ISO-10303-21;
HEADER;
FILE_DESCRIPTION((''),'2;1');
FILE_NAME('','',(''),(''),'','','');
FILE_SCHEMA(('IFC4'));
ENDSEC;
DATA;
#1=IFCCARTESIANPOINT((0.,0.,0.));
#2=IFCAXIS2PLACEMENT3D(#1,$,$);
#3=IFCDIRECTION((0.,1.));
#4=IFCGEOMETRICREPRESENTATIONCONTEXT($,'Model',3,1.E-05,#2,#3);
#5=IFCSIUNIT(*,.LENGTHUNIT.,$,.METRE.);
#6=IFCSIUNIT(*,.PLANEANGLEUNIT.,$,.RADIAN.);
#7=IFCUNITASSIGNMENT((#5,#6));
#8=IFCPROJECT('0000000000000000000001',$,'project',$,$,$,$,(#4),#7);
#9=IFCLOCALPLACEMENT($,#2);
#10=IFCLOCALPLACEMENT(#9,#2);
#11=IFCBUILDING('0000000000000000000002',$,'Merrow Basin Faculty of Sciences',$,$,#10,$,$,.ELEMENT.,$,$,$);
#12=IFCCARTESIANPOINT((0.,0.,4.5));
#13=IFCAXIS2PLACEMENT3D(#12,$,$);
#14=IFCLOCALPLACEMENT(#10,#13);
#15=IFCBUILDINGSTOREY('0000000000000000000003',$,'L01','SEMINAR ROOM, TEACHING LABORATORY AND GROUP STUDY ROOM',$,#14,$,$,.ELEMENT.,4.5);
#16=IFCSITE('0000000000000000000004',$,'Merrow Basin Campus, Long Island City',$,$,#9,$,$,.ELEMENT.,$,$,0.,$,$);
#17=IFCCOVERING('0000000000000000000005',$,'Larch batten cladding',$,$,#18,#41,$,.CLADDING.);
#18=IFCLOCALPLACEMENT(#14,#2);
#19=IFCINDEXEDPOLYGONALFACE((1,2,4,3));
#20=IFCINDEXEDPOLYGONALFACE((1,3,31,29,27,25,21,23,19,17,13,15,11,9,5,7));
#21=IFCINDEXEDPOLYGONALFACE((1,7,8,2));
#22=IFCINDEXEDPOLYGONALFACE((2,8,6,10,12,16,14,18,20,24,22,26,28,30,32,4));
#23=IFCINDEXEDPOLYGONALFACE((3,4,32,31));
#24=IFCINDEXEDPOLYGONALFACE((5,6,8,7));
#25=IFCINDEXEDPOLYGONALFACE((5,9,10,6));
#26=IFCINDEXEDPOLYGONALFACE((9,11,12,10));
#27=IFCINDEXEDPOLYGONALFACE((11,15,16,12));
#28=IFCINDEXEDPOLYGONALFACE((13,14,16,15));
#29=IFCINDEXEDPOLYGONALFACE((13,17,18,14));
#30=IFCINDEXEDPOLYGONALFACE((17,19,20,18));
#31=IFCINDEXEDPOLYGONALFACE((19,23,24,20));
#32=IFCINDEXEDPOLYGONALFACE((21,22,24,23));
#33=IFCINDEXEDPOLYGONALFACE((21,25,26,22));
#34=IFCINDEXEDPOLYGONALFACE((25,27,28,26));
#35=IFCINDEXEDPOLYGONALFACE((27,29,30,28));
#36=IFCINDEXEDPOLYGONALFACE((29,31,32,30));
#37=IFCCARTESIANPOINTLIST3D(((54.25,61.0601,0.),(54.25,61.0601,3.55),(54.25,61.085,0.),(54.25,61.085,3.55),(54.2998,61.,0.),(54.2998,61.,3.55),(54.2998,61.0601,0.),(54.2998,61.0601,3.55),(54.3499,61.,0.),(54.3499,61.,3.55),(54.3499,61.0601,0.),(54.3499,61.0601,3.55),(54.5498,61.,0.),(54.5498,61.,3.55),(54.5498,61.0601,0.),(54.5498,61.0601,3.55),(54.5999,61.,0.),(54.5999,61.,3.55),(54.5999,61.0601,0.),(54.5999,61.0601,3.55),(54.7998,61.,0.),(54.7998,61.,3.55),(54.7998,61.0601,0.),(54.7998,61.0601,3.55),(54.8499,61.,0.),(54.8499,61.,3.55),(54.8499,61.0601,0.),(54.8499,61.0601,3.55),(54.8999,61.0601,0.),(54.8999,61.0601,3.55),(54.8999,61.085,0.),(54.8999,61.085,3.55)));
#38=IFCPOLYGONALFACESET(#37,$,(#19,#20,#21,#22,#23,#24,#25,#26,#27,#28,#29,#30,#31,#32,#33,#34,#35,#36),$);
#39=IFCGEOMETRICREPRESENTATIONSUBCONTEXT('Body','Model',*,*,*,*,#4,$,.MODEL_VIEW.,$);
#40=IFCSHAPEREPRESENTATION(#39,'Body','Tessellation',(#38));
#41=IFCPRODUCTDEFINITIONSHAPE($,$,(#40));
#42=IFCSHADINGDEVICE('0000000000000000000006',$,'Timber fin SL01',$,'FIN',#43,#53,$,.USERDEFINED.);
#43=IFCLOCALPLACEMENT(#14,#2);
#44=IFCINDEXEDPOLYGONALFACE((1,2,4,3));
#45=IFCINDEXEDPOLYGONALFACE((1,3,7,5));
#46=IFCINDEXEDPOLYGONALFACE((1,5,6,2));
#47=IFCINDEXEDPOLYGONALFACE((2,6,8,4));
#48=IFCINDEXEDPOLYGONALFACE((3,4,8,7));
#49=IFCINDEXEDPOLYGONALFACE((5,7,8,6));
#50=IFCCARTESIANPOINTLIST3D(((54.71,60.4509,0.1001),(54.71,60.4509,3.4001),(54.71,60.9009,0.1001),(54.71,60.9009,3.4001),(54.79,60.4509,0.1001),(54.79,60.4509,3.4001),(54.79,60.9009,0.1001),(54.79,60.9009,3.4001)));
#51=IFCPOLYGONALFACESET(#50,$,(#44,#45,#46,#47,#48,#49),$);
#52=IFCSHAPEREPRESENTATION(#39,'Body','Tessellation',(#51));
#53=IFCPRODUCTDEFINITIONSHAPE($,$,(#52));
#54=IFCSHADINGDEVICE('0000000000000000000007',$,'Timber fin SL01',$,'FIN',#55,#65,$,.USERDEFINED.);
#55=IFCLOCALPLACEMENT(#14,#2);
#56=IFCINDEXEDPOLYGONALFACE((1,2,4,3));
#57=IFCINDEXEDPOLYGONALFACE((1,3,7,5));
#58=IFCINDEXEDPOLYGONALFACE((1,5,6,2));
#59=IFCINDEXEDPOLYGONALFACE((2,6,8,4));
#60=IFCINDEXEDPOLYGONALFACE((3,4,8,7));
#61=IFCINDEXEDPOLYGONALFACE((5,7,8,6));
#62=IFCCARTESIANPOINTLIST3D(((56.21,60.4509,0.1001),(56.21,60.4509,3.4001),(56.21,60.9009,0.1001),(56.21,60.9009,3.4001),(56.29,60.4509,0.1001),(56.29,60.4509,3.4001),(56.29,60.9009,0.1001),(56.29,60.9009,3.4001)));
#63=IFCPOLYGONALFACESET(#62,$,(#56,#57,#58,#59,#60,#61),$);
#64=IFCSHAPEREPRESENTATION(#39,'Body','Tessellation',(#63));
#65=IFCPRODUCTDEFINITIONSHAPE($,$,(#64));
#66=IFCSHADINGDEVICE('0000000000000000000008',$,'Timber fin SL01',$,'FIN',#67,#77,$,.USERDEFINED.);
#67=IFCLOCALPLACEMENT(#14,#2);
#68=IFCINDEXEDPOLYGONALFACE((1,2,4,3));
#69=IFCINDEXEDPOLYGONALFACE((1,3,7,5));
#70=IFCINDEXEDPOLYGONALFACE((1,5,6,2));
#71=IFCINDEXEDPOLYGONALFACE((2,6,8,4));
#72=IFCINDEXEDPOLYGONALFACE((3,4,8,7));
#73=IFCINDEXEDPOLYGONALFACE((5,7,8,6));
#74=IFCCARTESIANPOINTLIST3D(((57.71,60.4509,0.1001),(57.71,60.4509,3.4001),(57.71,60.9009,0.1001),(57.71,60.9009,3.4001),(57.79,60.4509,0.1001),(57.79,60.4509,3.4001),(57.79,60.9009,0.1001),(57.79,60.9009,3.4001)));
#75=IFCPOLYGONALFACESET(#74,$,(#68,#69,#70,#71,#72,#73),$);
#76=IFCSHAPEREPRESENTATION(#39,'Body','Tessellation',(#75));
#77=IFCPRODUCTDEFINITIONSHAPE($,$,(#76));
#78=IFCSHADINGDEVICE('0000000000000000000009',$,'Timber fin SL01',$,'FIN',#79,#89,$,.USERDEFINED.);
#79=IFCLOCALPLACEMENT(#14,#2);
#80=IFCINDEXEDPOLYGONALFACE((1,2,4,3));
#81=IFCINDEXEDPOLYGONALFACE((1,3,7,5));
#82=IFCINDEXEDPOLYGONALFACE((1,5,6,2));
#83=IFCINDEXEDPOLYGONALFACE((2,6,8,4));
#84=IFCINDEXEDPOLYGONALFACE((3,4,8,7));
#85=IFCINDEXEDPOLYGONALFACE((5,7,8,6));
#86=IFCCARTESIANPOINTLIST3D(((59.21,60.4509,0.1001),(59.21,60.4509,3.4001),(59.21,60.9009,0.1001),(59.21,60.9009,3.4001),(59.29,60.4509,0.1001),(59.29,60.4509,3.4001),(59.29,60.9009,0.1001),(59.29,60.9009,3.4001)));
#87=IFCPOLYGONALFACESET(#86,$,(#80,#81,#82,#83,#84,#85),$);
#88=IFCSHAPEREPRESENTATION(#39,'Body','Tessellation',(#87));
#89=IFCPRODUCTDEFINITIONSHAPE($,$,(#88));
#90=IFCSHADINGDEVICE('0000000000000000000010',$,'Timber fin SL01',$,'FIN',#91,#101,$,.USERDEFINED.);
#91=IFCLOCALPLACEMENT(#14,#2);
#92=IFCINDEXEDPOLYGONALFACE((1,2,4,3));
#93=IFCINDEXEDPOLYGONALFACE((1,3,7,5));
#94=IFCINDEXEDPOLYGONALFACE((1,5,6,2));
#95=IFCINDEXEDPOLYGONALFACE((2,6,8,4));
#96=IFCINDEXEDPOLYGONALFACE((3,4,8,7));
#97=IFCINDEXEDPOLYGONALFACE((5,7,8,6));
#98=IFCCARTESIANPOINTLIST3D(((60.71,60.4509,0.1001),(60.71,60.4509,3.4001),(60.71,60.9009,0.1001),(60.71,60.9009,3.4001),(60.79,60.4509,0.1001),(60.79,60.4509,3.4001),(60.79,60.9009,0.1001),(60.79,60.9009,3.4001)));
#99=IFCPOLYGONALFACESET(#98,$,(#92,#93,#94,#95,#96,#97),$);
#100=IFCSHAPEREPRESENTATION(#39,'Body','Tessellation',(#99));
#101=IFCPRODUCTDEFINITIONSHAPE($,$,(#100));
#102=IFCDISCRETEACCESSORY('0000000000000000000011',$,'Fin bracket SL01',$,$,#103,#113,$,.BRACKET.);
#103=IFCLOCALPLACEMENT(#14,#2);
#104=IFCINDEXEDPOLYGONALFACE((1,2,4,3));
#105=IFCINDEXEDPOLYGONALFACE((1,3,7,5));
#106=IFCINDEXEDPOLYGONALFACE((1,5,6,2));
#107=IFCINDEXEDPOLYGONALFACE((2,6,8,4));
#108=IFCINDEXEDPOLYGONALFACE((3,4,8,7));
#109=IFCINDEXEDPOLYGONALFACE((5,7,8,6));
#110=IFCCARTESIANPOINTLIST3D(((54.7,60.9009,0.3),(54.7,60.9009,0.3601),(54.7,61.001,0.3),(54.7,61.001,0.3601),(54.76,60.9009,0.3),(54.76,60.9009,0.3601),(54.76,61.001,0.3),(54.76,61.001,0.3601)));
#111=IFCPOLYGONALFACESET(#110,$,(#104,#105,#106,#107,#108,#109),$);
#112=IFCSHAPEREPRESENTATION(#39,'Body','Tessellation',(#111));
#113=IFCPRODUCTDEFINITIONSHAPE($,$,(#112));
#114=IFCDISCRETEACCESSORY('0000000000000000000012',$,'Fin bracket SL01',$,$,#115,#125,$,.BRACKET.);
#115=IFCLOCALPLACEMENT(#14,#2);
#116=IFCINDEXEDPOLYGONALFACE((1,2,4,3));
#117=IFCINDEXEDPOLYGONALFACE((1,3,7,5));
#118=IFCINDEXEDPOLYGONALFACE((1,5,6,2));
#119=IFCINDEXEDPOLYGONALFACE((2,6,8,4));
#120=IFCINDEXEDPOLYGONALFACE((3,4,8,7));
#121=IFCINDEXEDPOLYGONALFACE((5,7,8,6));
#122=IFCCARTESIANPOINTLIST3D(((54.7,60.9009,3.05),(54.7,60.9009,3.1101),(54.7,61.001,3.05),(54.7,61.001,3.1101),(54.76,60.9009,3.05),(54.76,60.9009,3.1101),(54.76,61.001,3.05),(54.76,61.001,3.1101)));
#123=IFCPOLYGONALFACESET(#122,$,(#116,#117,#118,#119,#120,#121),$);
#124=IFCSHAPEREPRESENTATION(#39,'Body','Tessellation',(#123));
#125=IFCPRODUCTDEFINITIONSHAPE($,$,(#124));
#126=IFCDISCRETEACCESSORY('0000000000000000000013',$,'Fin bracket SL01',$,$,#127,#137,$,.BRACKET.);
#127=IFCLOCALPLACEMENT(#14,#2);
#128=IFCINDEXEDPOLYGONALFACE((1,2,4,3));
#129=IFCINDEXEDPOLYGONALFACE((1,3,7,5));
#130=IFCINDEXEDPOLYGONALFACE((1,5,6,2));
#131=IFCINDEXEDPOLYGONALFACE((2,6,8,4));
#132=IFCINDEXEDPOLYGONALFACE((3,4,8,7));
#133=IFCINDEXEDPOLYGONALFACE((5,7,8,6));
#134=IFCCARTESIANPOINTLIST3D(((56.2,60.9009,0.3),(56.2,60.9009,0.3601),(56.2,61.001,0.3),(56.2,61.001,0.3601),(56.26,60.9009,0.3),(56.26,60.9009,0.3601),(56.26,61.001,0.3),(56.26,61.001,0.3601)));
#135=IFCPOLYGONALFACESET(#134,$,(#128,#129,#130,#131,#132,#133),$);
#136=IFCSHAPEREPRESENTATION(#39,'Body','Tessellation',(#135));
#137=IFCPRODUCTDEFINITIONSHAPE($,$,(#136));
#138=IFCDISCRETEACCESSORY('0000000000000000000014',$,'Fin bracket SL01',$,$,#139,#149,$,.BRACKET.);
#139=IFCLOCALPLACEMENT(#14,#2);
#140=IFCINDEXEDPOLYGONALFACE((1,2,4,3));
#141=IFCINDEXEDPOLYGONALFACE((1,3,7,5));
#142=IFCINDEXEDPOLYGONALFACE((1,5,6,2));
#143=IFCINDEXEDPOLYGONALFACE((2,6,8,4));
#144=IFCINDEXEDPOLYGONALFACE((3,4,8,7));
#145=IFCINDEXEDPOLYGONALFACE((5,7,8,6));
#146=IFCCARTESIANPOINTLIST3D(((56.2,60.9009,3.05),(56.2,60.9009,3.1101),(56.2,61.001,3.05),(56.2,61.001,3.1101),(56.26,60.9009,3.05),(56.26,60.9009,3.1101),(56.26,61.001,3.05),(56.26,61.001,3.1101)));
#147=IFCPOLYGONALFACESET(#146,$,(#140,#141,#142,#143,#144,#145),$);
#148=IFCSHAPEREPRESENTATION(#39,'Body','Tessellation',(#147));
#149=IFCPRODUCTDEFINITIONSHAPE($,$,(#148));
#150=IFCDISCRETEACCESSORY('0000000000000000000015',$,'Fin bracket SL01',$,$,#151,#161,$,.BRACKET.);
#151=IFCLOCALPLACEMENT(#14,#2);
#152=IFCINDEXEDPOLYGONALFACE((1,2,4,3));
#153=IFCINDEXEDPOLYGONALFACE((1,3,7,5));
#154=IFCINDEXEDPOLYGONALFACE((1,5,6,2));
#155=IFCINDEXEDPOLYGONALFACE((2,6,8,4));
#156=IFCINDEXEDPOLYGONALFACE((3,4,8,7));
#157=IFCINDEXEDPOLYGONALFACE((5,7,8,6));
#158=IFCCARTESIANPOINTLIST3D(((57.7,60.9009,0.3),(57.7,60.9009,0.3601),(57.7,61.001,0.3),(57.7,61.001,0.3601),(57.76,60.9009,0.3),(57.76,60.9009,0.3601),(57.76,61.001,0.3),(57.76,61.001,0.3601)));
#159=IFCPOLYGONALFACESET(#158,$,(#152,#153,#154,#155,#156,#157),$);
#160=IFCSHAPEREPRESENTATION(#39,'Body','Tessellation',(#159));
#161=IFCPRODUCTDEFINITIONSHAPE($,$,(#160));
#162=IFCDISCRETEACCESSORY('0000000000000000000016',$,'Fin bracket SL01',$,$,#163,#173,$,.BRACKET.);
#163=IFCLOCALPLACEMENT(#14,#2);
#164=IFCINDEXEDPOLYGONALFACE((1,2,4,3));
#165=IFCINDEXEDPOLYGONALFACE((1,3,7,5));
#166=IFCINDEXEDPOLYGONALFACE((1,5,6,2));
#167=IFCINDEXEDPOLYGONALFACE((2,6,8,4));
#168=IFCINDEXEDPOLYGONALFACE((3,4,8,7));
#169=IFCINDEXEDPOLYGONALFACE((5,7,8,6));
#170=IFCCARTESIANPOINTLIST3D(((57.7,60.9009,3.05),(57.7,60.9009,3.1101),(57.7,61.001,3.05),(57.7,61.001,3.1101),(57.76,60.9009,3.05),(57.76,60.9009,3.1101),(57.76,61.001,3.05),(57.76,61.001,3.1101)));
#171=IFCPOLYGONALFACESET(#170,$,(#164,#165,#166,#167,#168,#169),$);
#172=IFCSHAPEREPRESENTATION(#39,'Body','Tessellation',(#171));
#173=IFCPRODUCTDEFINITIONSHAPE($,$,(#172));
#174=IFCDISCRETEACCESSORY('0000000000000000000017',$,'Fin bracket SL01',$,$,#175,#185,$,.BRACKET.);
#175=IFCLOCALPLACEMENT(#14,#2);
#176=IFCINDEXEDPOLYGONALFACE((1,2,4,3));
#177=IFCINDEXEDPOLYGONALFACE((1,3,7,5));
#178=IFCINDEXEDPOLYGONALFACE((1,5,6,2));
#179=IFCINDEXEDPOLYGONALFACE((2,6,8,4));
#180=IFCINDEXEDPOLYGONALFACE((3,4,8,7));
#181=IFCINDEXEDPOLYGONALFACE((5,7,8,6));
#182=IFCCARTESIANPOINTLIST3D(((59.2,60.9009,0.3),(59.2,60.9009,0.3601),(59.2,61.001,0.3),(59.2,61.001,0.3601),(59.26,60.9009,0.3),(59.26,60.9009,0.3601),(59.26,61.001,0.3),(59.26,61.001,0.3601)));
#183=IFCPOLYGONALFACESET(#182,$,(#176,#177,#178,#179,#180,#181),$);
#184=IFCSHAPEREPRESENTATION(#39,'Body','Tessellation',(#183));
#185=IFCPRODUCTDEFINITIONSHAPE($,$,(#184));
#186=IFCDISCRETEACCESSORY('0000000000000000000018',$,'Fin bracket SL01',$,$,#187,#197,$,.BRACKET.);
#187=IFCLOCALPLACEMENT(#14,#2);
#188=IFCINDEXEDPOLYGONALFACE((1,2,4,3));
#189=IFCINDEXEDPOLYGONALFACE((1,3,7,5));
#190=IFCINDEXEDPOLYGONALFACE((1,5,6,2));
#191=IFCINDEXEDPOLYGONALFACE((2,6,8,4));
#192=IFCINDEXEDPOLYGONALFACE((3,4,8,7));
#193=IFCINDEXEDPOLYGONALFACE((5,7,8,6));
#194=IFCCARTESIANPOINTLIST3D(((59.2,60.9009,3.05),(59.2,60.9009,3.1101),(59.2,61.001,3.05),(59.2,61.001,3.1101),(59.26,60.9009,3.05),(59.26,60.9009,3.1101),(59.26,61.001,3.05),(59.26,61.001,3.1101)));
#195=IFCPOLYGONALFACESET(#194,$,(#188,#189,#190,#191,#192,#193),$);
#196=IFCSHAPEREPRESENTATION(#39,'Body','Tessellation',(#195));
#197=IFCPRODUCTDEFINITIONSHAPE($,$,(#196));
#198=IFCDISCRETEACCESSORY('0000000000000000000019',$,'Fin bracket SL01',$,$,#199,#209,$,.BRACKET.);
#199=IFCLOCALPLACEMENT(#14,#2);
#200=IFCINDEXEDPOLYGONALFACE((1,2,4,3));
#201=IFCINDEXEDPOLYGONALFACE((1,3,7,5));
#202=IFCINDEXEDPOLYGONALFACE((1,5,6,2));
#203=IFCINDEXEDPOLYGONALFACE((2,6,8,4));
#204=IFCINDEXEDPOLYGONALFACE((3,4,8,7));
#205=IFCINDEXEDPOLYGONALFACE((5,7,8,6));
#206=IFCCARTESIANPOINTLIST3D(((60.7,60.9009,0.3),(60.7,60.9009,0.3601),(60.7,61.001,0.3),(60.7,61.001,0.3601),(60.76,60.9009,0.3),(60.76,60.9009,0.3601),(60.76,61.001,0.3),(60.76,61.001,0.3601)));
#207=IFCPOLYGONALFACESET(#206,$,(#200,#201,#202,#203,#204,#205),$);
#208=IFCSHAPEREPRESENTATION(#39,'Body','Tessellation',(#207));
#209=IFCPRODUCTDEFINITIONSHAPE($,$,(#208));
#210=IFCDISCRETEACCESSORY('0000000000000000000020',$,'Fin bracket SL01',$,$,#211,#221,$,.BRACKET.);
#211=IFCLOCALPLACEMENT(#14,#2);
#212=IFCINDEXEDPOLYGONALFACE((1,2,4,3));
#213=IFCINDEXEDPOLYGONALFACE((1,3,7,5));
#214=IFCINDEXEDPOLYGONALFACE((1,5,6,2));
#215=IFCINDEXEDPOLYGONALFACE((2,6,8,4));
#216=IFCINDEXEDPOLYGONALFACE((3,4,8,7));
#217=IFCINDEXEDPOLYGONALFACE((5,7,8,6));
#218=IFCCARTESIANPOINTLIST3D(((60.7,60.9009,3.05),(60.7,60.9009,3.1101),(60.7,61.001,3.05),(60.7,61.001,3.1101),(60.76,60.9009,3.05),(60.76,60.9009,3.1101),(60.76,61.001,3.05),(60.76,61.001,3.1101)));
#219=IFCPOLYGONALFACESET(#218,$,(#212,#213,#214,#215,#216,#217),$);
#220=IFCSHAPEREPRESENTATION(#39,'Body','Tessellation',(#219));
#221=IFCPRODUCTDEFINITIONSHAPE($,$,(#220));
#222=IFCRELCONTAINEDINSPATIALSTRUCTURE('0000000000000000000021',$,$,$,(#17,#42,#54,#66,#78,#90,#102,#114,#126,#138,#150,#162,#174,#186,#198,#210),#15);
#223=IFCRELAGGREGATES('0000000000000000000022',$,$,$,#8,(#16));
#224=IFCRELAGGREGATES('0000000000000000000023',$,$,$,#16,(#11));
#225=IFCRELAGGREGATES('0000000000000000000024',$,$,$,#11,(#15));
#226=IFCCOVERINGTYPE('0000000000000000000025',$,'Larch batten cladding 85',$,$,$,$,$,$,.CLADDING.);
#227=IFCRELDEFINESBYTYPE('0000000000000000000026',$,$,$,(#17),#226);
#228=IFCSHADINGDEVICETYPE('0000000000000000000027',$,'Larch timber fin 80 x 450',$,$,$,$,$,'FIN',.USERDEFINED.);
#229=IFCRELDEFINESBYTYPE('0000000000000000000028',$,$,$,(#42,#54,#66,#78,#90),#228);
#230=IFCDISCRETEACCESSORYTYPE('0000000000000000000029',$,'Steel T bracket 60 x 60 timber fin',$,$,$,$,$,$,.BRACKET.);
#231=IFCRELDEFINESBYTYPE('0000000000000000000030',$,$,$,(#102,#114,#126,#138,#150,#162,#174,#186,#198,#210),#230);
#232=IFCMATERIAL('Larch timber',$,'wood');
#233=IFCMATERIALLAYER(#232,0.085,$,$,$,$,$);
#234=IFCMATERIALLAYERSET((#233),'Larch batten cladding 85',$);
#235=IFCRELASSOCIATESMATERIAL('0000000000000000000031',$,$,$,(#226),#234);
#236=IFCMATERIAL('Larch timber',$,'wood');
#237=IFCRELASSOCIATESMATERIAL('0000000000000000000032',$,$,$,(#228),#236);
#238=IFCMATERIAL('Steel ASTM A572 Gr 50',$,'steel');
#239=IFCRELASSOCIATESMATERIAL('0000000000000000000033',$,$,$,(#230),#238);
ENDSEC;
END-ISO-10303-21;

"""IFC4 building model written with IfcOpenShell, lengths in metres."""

from ifc_helpers import new_model, si_unit, direction, frame, origin, place, context, subcontext, project, spatial, polyline, outline, extrude, source, transform, mapped, material, layer, layer_set, type_object, element, save


model = new_model("IFC4")

# Units and contexts
model_context = context("Model", 3, precision=1e-05, world=origin(), true_north=direction((0.0, 1.0)))
body_context = subcontext(model_context, "Body", "Model", "MODEL_VIEW")
ifc_project = project(units=[si_unit("LENGTHUNIT", "METRE"), si_unit("PLANEANGLEUNIT", "RADIAN")], contexts=[model_context])

# Site, building, storey
site_placement = place(None, origin())
site = spatial("IfcSite", under=ifc_project, at=site_placement, Name="Merrow Basin Campus, Long Island City", CompositionType="ELEMENT", RefElevation=0.0)
building_placement = place(site_placement, origin())
building = spatial("IfcBuilding", under=site, at=building_placement, Name="Merrow Basin Faculty of Sciences", CompositionType="ELEMENT")
storey_placement = place(building_placement, frame((0.0, 0.0, 4.5)))
storey = spatial("IfcBuildingStorey", under=building, at=storey_placement, Name="L01", Description="SEMINAR ROOM, TEACHING LABORATORY AND GROUP STUDY ROOM", CompositionType="ELEMENT", Elevation=4.5)

# Covering
ifc_material_1 = material(Name="Larch timber", Category="wood")
ifc_layer_1 = layer(ifc_material_1, 0.085)
ifc_layer_set_1 = layer_set([ifc_layer_1], Name="Larch batten cladding 85")
covering_type = type_object("IfcCoveringType", Name="Larch batten cladding 85", PredefinedType="CLADDING", material=ifc_layer_set_1)
shared_shape_1 = source(origin(), body_context, "Body", "SweptSolid", [
    extrude(outline(polyline([(0.0, 0.0), (0.6499, 0.0), (0.6499, 0.0249), (0.6001, 0.0249), (0.6001, 0.085), (0.55, 0.085), (0.55, 0.0249), (0.3501, 0.0249), (0.3501, 0.085), (0.3, 0.085), (0.3, 0.0249), (0.1001, 0.0249), (0.1001, 0.085), (0.05, 0.085), (0.05, 0.0249), (0.0, 0.0249), (0.0, 0.0)])), origin(), (0.0, 0.0, 1.0), 3.55),
])
covering_1_placement = place(storey_placement, frame((54.8999, 61.085, 0.0), z_axis=(0.0, 0.0, 1.0), x_axis=(-1.0, 0.0, 0.0)))
element("IfcCovering", 1, at=covering_1_placement, inside=storey, type_object=covering_type, Name="Larch batten cladding", PredefinedType="CLADDING", context=body_context, shape_type="MappedRepresentation", body=[
    mapped(shared_shape_1, transform((0.0, 0.0, 0.0), scale=1.0)),
])

# Shading devices
ifc_material_2 = material(Name="Larch timber", Category="wood")
shading_device_type = type_object("IfcShadingDeviceType", Name="Larch timber fin 80 x 450", ElementType="FIN", PredefinedType="USERDEFINED", material=ifc_material_2)
shared_shape_2 = source(origin(), body_context, "Body", "SweptSolid", [
    extrude(outline(polyline([(0.0, 0.0), (0.0801, 0.0), (0.0801, 3.3), (0.0, 3.3), (0.0, 0.0)])), origin(), (0.0, 0.0, 1.0), 0.45),
])
for number, where, z_axis, x_axis, name in (
    (2, (54.71, 60.9009, 0.1001), (0.0, -1.0, 0.0), (1.0, 0.0, 0.0), "Timber fin SL01"),
    (3, (56.21, 60.9009, 0.1001), (0.0, -1.0, 0.0), (1.0, 0.0, 0.0), "Timber fin SL01"),
    (4, (57.71, 60.9009, 0.1001), (0.0, -1.0, 0.0), (1.0, 0.0, 0.0), "Timber fin SL01"),
    (5, (59.21, 60.9009, 0.1001), (0.0, -1.0, 0.0), (1.0, 0.0, 0.0), "Timber fin SL01"),
    (6, (60.71, 60.9009, 0.1001), (0.0, -1.0, 0.0), (1.0, 0.0, 0.0), "Timber fin SL01"),
):
    element("IfcShadingDevice", number, at=place(storey_placement, frame(where, z_axis=z_axis, x_axis=x_axis)), inside=storey, type_object=shading_device_type, Name=name, ObjectType="FIN", PredefinedType="USERDEFINED", context=body_context, shape_type="MappedRepresentation", body=[
        mapped(shared_shape_2, transform((0.0, 0.0, 0.0), scale=1.0)),
    ])

# Discrete accessories
ifc_material_3 = material(Name="Steel ASTM A572 Gr 50", Category="steel")
discrete_accessory_type = type_object("IfcDiscreteAccessoryType", Name="Steel T bracket 60 x 60 timber fin", PredefinedType="BRACKET", material=ifc_material_3)
shared_shape_3 = source(origin(), body_context, "Body", "SweptSolid", [
    extrude(outline(polyline([(0.0, 0.0), (0.0601, 0.0), (0.0601, 0.0601), (0.0, 0.0601), (0.0, 0.0)])), origin(), (0.0, 0.0, 1.0), 0.1001),
])
for number, where, z_axis, x_axis, name in (
    (7, (54.7, 61.001, 0.3), (0.0, -1.0, 0.0), (1.0, 0.0, 0.0), "Fin bracket SL01"),
    (8, (54.7, 61.001, 3.05), (0.0, -1.0, 0.0), (1.0, 0.0, 0.0), "Fin bracket SL01"),
    (9, (56.2, 61.001, 0.3), (0.0, -1.0, 0.0), (1.0, 0.0, 0.0), "Fin bracket SL01"),
    (10, (56.2, 61.001, 3.05), (0.0, -1.0, 0.0), (1.0, 0.0, 0.0), "Fin bracket SL01"),
    (11, (57.7, 61.001, 0.3), (0.0, -1.0, 0.0), (1.0, 0.0, 0.0), "Fin bracket SL01"),
    (12, (57.7, 61.001, 3.05), (0.0, -1.0, 0.0), (1.0, 0.0, 0.0), "Fin bracket SL01"),
    (13, (59.2, 61.001, 0.3), (0.0, -1.0, 0.0), (1.0, 0.0, 0.0), "Fin bracket SL01"),
    (14, (59.2, 61.001, 3.05), (0.0, -1.0, 0.0), (1.0, 0.0, 0.0), "Fin bracket SL01"),
    (15, (60.7, 61.001, 0.3), (0.0, -1.0, 0.0), (1.0, 0.0, 0.0), "Fin bracket SL01"),
    (16, (60.7, 61.001, 3.05), (0.0, -1.0, 0.0), (1.0, 0.0, 0.0), "Fin bracket SL01"),
):
    element("IfcDiscreteAccessory", number, at=place(storey_placement, frame(where, z_axis=z_axis, x_axis=x_axis)), inside=storey, type_object=discrete_accessory_type, Name=name, PredefinedType="BRACKET", context=body_context, shape_type="MappedRepresentation", body=[
        mapped(shared_shape_3, transform((0.0, 0.0, 0.0), scale=1.0)),
    ])

save(model, "model.ifc")
